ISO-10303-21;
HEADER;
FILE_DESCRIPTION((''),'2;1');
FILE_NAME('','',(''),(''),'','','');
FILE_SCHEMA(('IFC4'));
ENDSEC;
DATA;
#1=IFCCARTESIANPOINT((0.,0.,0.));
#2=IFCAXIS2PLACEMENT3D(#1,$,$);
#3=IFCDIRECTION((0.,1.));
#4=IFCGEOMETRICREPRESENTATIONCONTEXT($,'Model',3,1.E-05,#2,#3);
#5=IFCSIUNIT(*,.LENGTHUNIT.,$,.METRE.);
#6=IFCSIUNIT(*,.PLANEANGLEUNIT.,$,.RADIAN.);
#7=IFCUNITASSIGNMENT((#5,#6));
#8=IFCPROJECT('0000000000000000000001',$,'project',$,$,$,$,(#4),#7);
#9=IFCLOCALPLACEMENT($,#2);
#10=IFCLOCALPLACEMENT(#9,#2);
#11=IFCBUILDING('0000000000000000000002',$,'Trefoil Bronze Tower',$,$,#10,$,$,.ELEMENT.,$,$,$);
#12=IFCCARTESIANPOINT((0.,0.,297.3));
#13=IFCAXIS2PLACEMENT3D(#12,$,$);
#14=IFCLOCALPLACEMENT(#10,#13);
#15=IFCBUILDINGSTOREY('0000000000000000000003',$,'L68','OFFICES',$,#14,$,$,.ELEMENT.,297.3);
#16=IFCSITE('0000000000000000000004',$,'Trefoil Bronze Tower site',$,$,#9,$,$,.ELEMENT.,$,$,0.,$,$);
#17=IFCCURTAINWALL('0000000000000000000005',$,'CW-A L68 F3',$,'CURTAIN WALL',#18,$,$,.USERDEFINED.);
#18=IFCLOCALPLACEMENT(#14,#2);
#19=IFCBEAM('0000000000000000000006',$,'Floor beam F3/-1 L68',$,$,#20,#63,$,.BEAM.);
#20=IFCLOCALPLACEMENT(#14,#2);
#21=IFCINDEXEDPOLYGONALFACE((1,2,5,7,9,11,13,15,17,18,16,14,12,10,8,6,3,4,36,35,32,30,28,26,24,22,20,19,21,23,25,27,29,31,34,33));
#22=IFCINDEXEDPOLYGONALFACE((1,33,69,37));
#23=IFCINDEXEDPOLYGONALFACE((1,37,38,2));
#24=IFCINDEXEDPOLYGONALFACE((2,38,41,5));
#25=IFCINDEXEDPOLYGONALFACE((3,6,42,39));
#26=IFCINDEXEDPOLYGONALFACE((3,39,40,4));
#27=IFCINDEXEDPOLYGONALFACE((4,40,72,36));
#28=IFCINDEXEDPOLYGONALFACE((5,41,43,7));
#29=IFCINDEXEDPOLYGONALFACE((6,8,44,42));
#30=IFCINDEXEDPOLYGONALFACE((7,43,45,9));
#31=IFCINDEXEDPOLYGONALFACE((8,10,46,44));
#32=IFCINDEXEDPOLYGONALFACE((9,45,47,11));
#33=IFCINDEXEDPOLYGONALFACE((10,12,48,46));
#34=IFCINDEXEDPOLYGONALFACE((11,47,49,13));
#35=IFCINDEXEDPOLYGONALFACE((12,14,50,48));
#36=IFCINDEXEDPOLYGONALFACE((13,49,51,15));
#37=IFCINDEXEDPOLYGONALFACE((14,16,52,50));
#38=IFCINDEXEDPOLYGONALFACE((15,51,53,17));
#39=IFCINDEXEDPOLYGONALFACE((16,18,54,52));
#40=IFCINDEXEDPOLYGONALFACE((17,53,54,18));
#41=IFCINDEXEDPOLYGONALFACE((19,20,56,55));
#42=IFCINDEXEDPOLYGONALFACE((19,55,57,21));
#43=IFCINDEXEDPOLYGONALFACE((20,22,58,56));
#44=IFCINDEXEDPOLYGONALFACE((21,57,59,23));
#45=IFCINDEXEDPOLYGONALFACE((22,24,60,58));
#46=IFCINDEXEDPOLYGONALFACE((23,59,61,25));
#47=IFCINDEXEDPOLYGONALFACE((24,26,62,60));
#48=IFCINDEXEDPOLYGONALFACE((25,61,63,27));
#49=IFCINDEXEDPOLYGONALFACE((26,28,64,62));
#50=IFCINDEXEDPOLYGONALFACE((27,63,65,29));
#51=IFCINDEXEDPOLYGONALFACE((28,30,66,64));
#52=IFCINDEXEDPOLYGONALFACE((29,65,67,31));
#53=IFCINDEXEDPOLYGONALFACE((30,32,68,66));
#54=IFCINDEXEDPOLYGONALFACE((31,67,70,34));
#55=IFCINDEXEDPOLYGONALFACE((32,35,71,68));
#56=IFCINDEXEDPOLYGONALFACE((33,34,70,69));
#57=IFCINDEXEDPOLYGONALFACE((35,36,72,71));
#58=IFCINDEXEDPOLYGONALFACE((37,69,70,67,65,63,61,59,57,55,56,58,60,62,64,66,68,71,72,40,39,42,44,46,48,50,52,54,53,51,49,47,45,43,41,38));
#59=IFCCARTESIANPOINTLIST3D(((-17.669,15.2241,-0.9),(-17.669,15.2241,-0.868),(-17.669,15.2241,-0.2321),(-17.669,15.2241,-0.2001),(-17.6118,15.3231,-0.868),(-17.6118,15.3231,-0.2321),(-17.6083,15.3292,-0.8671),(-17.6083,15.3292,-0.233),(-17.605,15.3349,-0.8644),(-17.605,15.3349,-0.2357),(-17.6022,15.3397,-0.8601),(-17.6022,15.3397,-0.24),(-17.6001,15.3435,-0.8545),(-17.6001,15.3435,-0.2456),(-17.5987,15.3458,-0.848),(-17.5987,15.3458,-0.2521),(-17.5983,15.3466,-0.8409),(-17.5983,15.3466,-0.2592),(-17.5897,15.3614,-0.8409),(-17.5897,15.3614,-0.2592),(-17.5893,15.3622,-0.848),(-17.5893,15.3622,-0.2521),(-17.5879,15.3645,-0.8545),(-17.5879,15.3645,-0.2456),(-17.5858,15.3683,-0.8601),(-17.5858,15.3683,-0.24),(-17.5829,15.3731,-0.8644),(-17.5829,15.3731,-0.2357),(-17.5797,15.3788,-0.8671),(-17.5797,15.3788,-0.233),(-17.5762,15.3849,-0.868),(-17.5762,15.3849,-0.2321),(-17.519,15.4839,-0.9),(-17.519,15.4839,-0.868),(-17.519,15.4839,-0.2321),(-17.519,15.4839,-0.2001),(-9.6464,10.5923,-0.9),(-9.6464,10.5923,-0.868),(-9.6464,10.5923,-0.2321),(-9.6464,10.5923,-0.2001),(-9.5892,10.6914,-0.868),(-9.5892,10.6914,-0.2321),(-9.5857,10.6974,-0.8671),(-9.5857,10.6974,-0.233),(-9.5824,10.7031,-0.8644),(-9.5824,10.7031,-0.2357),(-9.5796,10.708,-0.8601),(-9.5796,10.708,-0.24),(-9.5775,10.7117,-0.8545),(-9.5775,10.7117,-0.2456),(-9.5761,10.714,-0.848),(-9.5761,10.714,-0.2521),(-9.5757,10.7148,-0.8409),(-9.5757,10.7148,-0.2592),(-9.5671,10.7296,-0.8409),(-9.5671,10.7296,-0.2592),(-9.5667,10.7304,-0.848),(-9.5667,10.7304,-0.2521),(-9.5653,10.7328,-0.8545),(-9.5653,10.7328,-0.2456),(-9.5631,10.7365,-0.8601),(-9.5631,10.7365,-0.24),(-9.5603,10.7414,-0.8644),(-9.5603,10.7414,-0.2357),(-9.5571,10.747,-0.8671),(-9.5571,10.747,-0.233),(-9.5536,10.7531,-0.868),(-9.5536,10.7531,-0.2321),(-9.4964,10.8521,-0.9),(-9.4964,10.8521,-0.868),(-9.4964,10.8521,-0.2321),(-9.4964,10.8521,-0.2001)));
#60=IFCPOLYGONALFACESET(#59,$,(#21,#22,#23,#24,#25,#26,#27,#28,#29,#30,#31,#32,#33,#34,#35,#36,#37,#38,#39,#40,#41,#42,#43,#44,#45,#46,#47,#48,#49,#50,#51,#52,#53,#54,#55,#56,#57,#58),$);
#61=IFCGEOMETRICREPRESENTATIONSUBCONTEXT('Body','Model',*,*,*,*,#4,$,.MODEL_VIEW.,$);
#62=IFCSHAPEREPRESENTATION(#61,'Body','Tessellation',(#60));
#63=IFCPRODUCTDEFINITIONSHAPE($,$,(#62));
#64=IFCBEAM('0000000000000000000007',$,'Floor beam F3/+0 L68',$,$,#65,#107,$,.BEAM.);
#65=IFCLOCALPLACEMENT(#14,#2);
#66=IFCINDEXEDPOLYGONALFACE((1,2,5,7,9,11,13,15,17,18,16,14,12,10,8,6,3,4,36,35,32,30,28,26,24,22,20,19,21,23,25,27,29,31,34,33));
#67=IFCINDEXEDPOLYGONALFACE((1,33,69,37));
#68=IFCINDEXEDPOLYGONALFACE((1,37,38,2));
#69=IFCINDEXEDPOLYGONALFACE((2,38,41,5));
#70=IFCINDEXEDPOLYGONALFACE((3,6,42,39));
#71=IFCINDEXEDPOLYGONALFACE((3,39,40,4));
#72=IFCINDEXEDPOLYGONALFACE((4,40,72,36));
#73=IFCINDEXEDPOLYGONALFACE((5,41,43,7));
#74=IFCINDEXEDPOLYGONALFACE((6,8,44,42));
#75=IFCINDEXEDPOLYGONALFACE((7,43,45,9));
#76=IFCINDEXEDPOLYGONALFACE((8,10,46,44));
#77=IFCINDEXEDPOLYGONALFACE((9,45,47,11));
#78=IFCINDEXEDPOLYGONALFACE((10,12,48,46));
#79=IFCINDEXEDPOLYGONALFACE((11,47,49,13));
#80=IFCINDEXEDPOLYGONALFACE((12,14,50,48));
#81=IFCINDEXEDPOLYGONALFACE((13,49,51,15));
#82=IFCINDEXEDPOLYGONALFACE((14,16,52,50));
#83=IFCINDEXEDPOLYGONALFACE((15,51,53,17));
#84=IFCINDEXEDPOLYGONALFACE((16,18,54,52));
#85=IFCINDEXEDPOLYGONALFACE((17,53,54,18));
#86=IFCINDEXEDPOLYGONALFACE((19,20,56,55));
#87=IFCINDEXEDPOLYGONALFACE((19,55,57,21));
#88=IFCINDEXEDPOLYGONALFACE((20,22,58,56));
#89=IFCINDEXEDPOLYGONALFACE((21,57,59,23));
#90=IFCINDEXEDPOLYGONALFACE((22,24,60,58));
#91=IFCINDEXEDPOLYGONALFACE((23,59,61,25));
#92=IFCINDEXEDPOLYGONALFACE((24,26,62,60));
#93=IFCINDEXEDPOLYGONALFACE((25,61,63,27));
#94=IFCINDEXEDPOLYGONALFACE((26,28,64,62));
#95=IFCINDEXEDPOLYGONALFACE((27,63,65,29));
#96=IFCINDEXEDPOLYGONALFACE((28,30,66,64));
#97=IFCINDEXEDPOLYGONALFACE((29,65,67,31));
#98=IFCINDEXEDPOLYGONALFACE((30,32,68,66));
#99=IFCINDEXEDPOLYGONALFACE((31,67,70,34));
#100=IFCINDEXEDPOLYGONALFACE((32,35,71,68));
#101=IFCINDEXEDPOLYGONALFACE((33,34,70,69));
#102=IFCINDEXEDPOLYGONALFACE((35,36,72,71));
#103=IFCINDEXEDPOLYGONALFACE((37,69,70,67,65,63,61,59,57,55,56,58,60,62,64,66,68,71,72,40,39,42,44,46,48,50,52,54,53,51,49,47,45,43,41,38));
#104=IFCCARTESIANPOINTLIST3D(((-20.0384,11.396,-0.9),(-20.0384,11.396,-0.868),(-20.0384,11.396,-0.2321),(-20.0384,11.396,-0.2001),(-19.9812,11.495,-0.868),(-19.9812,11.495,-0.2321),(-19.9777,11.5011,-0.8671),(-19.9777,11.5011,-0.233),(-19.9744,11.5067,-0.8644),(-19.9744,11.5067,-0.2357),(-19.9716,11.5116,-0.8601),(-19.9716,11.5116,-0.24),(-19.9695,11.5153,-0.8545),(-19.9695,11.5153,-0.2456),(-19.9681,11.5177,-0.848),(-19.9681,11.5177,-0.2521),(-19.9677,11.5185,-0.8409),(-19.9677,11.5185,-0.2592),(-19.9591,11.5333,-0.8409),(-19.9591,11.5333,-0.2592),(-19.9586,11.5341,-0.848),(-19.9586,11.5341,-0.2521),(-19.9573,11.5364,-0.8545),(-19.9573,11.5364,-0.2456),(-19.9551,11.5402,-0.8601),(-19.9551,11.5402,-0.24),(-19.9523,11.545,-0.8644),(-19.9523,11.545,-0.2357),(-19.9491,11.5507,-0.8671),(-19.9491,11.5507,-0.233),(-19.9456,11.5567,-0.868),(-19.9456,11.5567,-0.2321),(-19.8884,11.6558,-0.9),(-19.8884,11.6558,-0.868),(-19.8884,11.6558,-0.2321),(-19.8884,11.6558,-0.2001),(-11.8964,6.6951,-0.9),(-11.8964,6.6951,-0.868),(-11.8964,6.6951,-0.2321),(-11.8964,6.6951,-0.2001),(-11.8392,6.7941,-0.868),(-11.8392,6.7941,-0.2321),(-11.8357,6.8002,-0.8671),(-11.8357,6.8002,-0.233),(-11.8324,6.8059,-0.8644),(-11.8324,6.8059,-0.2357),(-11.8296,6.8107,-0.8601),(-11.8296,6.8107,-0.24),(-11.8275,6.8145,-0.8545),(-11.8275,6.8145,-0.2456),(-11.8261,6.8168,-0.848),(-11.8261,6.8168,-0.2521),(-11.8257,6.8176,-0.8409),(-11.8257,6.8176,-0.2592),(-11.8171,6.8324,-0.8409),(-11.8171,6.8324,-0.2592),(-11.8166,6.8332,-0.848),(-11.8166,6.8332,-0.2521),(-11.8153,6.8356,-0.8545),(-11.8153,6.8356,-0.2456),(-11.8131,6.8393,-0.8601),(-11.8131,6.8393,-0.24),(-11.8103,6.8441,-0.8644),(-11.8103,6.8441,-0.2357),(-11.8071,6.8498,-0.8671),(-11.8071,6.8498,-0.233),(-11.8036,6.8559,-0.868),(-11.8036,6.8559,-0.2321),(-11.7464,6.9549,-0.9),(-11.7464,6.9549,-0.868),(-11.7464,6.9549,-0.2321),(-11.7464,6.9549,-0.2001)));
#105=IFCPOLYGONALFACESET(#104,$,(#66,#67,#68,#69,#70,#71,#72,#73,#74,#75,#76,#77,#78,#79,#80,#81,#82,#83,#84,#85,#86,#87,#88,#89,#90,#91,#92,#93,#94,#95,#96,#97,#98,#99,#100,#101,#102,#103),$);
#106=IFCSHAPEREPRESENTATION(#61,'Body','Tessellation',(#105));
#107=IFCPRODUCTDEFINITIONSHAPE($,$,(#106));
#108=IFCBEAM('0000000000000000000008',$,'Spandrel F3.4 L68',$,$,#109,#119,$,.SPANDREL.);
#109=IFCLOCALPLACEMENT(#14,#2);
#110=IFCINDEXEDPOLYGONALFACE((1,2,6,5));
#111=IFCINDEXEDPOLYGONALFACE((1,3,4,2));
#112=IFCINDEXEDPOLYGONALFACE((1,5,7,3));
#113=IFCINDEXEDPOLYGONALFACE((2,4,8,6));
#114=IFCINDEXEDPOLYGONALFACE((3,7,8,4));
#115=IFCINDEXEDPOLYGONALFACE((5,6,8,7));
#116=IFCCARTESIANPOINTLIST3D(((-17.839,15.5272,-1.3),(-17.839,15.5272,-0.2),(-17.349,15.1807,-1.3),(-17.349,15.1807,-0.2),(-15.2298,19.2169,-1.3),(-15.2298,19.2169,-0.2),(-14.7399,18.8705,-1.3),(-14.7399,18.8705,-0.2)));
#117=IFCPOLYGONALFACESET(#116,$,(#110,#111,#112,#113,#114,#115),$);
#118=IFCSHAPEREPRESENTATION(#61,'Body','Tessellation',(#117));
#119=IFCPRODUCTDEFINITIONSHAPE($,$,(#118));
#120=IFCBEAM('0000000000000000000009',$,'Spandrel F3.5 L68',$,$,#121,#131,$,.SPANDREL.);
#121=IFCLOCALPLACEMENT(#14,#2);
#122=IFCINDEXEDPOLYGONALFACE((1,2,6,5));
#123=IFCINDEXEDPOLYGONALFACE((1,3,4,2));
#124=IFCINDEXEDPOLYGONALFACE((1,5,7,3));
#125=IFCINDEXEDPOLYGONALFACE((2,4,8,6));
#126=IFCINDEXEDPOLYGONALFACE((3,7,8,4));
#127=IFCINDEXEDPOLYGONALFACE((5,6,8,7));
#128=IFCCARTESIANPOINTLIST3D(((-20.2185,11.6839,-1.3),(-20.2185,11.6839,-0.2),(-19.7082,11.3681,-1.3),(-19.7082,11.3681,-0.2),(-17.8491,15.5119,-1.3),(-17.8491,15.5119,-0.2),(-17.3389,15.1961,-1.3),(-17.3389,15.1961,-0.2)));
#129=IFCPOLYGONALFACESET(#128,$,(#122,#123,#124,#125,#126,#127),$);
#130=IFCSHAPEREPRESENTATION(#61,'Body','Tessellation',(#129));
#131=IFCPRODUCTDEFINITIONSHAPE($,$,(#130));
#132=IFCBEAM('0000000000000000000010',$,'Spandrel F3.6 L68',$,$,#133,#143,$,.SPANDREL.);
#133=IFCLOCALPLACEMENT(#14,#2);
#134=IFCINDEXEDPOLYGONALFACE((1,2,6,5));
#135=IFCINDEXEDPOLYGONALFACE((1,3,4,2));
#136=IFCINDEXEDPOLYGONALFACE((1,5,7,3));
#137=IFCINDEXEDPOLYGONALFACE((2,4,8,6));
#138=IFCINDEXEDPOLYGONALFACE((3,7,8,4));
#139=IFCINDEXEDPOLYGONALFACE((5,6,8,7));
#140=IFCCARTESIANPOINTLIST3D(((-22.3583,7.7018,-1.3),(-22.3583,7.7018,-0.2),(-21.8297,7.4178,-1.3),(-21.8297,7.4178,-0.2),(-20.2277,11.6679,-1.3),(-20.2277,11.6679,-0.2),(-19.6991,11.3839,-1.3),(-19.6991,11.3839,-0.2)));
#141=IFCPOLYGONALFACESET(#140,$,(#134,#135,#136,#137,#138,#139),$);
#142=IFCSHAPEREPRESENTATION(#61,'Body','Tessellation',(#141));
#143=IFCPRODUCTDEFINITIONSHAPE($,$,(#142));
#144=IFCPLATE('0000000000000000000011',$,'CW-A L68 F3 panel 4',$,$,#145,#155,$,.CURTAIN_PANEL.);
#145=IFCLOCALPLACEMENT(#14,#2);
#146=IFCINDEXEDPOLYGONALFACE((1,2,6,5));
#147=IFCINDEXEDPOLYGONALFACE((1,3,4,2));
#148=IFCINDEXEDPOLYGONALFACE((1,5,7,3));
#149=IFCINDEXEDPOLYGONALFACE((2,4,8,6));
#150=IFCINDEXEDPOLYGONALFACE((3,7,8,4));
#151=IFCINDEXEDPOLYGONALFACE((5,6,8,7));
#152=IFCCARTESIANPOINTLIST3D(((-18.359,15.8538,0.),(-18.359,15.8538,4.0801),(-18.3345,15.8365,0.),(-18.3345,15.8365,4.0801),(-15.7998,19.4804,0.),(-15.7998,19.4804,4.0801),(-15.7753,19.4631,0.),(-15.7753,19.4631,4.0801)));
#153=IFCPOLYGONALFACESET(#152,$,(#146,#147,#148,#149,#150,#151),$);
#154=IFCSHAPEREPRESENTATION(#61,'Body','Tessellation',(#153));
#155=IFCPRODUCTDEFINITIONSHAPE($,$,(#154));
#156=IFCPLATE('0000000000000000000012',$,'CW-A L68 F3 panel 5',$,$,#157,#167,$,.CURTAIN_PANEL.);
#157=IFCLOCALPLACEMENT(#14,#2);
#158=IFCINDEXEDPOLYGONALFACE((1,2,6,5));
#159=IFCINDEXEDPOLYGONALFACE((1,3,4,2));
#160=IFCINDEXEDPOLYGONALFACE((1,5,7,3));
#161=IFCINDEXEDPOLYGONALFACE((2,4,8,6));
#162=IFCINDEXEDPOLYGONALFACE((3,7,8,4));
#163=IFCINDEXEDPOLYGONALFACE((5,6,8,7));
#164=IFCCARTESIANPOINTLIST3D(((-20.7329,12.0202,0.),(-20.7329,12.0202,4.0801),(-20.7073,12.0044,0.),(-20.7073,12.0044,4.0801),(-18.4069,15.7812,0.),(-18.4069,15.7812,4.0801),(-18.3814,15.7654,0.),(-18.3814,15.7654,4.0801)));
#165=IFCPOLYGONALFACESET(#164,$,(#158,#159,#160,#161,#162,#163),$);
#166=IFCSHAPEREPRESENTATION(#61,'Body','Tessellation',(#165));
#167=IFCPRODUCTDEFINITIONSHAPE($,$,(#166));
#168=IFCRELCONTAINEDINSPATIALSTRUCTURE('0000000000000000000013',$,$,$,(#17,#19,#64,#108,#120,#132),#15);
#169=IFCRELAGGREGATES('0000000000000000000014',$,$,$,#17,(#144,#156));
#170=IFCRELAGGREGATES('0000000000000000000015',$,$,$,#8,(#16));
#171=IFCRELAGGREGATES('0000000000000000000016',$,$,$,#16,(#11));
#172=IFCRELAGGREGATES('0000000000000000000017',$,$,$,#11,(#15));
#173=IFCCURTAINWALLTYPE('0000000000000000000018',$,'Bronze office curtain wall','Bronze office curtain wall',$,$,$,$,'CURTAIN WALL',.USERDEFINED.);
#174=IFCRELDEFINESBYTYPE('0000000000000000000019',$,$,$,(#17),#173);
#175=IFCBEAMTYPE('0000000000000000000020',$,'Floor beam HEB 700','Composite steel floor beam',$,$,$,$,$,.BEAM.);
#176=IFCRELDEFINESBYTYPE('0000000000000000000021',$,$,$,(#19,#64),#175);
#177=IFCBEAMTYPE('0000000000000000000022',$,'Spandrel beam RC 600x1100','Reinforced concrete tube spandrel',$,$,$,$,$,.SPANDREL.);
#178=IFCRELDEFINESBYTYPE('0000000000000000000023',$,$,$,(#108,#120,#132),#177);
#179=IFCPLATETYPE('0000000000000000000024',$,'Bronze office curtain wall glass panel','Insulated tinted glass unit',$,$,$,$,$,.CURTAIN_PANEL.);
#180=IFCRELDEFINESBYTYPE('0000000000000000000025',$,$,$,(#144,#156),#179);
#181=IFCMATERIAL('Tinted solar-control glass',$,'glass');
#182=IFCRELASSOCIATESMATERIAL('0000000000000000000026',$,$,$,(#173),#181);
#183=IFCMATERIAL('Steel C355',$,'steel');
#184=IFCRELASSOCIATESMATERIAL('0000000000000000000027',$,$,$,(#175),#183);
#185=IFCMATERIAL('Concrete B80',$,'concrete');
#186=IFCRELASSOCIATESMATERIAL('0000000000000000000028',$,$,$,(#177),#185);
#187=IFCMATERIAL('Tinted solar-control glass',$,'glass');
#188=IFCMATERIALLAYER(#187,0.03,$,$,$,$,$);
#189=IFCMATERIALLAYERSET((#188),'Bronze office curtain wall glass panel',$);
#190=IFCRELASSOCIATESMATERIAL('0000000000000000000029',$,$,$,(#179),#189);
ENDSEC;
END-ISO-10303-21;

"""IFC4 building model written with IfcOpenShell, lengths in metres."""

from ifc_helpers import new_model, si_unit, direction, frame, origin, origin_2d, place, context, subcontext, project, spatial, rectangle, i_section, extrude, material, layer, layer_set, material_profile, profile_set, type_object, element, aggregate, save


model = new_model("IFC4")

# Units and contexts
model_context = context("Model", 3, precision=1e-05, world=origin(), true_north=direction((0.0, 1.0)))
body_context = subcontext(model_context, "Body", "Model", "MODEL_VIEW")
ifc_project = project(units=[si_unit("LENGTHUNIT", "METRE"), si_unit("PLANEANGLEUNIT", "RADIAN")], contexts=[model_context])

# Site, building, storey
site_placement = place(None, origin())
site = spatial("IfcSite", under=ifc_project, at=site_placement, Name="Trefoil Bronze Tower site", CompositionType="ELEMENT", RefElevation=0.0)
building_placement = place(site_placement, origin())
building = spatial("IfcBuilding", under=site, at=building_placement, Name="Trefoil Bronze Tower", CompositionType="ELEMENT")
storey_placement = place(building_placement, frame((0.0, 0.0, 297.3)))
storey = spatial("IfcBuildingStorey", under=building, at=storey_placement, Name="L68", Description="OFFICES", CompositionType="ELEMENT", Elevation=297.3)

# Curtain wall
ifc_material_1 = material(Name="Tinted solar-control glass", Category="glass")
curtain_wall_type = type_object("IfcCurtainWallType", Name="Bronze office curtain wall", Description="Bronze office curtain wall", ElementType="CURTAIN WALL", PredefinedType="USERDEFINED", material=ifc_material_1)
curtain_wall_placement = place(storey_placement, origin())
curtain_wall = element("IfcCurtainWall", 1, at=curtain_wall_placement, inside=storey, type_object=curtain_wall_type, Name="CW-A L68 F3", ObjectType="CURTAIN WALL", PredefinedType="USERDEFINED")

# Beams
ifc_material_2 = material(Name="Steel C355", Category="steel")
ifc_material_profile_1 = material_profile(ifc_material_2, i_section(OverallWidth=0.3, OverallDepth=0.7, WebThickness=0.0171, FlangeThickness=0.032, FilletRadius=0.0271, at=origin_2d()), Name="HEB 700")
ifc_profile_set_1 = profile_set([ifc_material_profile_1], Name="Steel C355")
beam_type_1 = type_object("IfcBeamType", Name="Floor beam HEB 700", Description="Composite steel floor beam", PredefinedType="BEAM", material=ifc_profile_set_1)
beam_1_placement = place(storey_placement, frame((-17.594, 15.354, -0.55), z_axis=(0.866029, -0.499994, 0.0), x_axis=(0.499994, 0.866029, 0.0)))
element("IfcBeam", 2, at=beam_1_placement, inside=storey, type_object=beam_type_1, Name="Floor beam F3/-1 L68", PredefinedType="BEAM", context=body_context, shape_type="SweptSolid", body=[
    extrude(i_section(OverallWidth=0.3, OverallDepth=0.7, WebThickness=0.0171, FlangeThickness=0.032, FilletRadius=0.0271, at=origin_2d()), origin(), (0.0, 0.0, 1.0), 9.2637),
])
beam_2_placement = place(storey_placement, frame((-19.9634, 11.5259, -0.55), z_axis=(0.866021, -0.500007, 0.0), x_axis=(0.500007, 0.866021, 0.0)))
element("IfcBeam", 3, at=beam_2_placement, inside=storey, type_object=beam_type_1, Name="Floor beam F3/+0 L68", PredefinedType="BEAM", context=body_context, shape_type="SweptSolid", body=[
    extrude(i_section(OverallWidth=0.3, OverallDepth=0.7, WebThickness=0.0171, FlangeThickness=0.032, FilletRadius=0.0271, at=origin_2d()), origin(), (0.0, 0.0, 1.0), 9.4016),
])
ifc_material_3 = material(Name="Concrete B80", Category="concrete")
ifc_material_profile_2 = material_profile(ifc_material_3, rectangle(XDim=0.6001, YDim=1.1001, at=origin_2d()), Name="RC 600x1100")
ifc_profile_set_2 = profile_set([ifc_material_profile_2], Name="Concrete B80")
beam_type_2 = type_object("IfcBeamType", Name="Spandrel beam RC 600x1100", Description="Reinforced concrete tube spandrel", PredefinedType="SPANDREL", material=ifc_profile_set_2)
beam_3_placement = place(storey_placement, frame((-14.9849, 19.0437, -0.75), z_axis=(-0.577368, -0.816484, 0.0), x_axis=(0.816484, -0.577368, 0.0)))
element("IfcBeam", 4, at=beam_3_placement, inside=storey, type_object=beam_type_2, Name="Spandrel F3.4 L68", PredefinedType="SPANDREL", context=body_context, shape_type="SweptSolid", body=[
    extrude(rectangle(XDim=0.6001, YDim=1.1001, at=origin_2d()), origin(), (0.0, 0.0, 1.0), 4.519),
])
beam_4_placement = place(storey_placement, frame((-17.594, 15.354, -0.75), z_axis=(-0.526289, -0.850306, 0.0), x_axis=(0.850306, -0.526289, 0.0)))
element("IfcBeam", 5, at=beam_4_placement, inside=storey, type_object=beam_type_2, Name="Spandrel F3.5 L68", PredefinedType="SPANDREL", context=body_context, shape_type="SweptSolid", body=[
    extrude(rectangle(XDim=0.6001, YDim=1.1001, at=origin_2d()), origin(), (0.0, 0.0, 1.0), 4.502),
])
beam_5_placement = place(storey_placement, frame((-19.9634, 11.5259, -0.75), z_axis=(-0.473246, -0.88093, 0.0), x_axis=(0.88093, -0.473246, 0.0)))
element("IfcBeam", 6, at=beam_5_placement, inside=storey, type_object=beam_type_2, Name="Spandrel F3.6 L68", PredefinedType="SPANDREL", context=body_context, shape_type="SweptSolid", body=[
    extrude(rectangle(XDim=0.6001, YDim=1.1001, at=origin_2d()), origin(), (0.0, 0.0, 1.0), 4.5022),
])

# Plates
ifc_material_4 = material(Name="Tinted solar-control glass", Category="glass")
ifc_layer_1 = layer(ifc_material_4, 0.03)
ifc_layer_set_1 = layer_set([ifc_layer_1], Name="Bronze office curtain wall glass panel")
plate_type = type_object("IfcPlateType", Name="Bronze office curtain wall glass panel", Description="Insulated tinted glass unit", PredefinedType="CURTAIN_PANEL", material=ifc_layer_set_1)
plate_1_placement = place(storey_placement, frame((-17.0671, 17.6584, 0.0), z_axis=(0.0, 0.0, 1.0), x_axis=(-0.576561, -0.817054, 0.0)))
plate_1 = element("IfcPlate", 7, at=plate_1_placement, type_object=plate_type, Name="CW-A L68 F3 panel 4", PredefinedType="CURTAIN_PANEL", context=body_context, shape_type="SweptSolid", body=[
    extrude(rectangle(XDim=4.4387, YDim=0.03, at=origin_2d()), origin(), (0.0, 0.0, 1.0), 4.0801),
])
plate_2_placement = place(storey_placement, frame((-19.5571, 13.8928, 0.0), z_axis=(0.0, 0.0, 1.0), x_axis=(-0.52598, -0.850497, 0.0)))
plate_2 = element("IfcPlate", 8, at=plate_2_placement, type_object=plate_type, Name="CW-A L68 F3 panel 5", PredefinedType="CURTAIN_PANEL", context=body_context, shape_type="SweptSolid", body=[
    extrude(rectangle(XDim=4.4221, YDim=0.03, at=origin_2d()), origin(), (0.0, 0.0, 1.0), 4.0801),
])
aggregate(curtain_wall, [plate_1, plate_2])

save(model, "model.ifc")
